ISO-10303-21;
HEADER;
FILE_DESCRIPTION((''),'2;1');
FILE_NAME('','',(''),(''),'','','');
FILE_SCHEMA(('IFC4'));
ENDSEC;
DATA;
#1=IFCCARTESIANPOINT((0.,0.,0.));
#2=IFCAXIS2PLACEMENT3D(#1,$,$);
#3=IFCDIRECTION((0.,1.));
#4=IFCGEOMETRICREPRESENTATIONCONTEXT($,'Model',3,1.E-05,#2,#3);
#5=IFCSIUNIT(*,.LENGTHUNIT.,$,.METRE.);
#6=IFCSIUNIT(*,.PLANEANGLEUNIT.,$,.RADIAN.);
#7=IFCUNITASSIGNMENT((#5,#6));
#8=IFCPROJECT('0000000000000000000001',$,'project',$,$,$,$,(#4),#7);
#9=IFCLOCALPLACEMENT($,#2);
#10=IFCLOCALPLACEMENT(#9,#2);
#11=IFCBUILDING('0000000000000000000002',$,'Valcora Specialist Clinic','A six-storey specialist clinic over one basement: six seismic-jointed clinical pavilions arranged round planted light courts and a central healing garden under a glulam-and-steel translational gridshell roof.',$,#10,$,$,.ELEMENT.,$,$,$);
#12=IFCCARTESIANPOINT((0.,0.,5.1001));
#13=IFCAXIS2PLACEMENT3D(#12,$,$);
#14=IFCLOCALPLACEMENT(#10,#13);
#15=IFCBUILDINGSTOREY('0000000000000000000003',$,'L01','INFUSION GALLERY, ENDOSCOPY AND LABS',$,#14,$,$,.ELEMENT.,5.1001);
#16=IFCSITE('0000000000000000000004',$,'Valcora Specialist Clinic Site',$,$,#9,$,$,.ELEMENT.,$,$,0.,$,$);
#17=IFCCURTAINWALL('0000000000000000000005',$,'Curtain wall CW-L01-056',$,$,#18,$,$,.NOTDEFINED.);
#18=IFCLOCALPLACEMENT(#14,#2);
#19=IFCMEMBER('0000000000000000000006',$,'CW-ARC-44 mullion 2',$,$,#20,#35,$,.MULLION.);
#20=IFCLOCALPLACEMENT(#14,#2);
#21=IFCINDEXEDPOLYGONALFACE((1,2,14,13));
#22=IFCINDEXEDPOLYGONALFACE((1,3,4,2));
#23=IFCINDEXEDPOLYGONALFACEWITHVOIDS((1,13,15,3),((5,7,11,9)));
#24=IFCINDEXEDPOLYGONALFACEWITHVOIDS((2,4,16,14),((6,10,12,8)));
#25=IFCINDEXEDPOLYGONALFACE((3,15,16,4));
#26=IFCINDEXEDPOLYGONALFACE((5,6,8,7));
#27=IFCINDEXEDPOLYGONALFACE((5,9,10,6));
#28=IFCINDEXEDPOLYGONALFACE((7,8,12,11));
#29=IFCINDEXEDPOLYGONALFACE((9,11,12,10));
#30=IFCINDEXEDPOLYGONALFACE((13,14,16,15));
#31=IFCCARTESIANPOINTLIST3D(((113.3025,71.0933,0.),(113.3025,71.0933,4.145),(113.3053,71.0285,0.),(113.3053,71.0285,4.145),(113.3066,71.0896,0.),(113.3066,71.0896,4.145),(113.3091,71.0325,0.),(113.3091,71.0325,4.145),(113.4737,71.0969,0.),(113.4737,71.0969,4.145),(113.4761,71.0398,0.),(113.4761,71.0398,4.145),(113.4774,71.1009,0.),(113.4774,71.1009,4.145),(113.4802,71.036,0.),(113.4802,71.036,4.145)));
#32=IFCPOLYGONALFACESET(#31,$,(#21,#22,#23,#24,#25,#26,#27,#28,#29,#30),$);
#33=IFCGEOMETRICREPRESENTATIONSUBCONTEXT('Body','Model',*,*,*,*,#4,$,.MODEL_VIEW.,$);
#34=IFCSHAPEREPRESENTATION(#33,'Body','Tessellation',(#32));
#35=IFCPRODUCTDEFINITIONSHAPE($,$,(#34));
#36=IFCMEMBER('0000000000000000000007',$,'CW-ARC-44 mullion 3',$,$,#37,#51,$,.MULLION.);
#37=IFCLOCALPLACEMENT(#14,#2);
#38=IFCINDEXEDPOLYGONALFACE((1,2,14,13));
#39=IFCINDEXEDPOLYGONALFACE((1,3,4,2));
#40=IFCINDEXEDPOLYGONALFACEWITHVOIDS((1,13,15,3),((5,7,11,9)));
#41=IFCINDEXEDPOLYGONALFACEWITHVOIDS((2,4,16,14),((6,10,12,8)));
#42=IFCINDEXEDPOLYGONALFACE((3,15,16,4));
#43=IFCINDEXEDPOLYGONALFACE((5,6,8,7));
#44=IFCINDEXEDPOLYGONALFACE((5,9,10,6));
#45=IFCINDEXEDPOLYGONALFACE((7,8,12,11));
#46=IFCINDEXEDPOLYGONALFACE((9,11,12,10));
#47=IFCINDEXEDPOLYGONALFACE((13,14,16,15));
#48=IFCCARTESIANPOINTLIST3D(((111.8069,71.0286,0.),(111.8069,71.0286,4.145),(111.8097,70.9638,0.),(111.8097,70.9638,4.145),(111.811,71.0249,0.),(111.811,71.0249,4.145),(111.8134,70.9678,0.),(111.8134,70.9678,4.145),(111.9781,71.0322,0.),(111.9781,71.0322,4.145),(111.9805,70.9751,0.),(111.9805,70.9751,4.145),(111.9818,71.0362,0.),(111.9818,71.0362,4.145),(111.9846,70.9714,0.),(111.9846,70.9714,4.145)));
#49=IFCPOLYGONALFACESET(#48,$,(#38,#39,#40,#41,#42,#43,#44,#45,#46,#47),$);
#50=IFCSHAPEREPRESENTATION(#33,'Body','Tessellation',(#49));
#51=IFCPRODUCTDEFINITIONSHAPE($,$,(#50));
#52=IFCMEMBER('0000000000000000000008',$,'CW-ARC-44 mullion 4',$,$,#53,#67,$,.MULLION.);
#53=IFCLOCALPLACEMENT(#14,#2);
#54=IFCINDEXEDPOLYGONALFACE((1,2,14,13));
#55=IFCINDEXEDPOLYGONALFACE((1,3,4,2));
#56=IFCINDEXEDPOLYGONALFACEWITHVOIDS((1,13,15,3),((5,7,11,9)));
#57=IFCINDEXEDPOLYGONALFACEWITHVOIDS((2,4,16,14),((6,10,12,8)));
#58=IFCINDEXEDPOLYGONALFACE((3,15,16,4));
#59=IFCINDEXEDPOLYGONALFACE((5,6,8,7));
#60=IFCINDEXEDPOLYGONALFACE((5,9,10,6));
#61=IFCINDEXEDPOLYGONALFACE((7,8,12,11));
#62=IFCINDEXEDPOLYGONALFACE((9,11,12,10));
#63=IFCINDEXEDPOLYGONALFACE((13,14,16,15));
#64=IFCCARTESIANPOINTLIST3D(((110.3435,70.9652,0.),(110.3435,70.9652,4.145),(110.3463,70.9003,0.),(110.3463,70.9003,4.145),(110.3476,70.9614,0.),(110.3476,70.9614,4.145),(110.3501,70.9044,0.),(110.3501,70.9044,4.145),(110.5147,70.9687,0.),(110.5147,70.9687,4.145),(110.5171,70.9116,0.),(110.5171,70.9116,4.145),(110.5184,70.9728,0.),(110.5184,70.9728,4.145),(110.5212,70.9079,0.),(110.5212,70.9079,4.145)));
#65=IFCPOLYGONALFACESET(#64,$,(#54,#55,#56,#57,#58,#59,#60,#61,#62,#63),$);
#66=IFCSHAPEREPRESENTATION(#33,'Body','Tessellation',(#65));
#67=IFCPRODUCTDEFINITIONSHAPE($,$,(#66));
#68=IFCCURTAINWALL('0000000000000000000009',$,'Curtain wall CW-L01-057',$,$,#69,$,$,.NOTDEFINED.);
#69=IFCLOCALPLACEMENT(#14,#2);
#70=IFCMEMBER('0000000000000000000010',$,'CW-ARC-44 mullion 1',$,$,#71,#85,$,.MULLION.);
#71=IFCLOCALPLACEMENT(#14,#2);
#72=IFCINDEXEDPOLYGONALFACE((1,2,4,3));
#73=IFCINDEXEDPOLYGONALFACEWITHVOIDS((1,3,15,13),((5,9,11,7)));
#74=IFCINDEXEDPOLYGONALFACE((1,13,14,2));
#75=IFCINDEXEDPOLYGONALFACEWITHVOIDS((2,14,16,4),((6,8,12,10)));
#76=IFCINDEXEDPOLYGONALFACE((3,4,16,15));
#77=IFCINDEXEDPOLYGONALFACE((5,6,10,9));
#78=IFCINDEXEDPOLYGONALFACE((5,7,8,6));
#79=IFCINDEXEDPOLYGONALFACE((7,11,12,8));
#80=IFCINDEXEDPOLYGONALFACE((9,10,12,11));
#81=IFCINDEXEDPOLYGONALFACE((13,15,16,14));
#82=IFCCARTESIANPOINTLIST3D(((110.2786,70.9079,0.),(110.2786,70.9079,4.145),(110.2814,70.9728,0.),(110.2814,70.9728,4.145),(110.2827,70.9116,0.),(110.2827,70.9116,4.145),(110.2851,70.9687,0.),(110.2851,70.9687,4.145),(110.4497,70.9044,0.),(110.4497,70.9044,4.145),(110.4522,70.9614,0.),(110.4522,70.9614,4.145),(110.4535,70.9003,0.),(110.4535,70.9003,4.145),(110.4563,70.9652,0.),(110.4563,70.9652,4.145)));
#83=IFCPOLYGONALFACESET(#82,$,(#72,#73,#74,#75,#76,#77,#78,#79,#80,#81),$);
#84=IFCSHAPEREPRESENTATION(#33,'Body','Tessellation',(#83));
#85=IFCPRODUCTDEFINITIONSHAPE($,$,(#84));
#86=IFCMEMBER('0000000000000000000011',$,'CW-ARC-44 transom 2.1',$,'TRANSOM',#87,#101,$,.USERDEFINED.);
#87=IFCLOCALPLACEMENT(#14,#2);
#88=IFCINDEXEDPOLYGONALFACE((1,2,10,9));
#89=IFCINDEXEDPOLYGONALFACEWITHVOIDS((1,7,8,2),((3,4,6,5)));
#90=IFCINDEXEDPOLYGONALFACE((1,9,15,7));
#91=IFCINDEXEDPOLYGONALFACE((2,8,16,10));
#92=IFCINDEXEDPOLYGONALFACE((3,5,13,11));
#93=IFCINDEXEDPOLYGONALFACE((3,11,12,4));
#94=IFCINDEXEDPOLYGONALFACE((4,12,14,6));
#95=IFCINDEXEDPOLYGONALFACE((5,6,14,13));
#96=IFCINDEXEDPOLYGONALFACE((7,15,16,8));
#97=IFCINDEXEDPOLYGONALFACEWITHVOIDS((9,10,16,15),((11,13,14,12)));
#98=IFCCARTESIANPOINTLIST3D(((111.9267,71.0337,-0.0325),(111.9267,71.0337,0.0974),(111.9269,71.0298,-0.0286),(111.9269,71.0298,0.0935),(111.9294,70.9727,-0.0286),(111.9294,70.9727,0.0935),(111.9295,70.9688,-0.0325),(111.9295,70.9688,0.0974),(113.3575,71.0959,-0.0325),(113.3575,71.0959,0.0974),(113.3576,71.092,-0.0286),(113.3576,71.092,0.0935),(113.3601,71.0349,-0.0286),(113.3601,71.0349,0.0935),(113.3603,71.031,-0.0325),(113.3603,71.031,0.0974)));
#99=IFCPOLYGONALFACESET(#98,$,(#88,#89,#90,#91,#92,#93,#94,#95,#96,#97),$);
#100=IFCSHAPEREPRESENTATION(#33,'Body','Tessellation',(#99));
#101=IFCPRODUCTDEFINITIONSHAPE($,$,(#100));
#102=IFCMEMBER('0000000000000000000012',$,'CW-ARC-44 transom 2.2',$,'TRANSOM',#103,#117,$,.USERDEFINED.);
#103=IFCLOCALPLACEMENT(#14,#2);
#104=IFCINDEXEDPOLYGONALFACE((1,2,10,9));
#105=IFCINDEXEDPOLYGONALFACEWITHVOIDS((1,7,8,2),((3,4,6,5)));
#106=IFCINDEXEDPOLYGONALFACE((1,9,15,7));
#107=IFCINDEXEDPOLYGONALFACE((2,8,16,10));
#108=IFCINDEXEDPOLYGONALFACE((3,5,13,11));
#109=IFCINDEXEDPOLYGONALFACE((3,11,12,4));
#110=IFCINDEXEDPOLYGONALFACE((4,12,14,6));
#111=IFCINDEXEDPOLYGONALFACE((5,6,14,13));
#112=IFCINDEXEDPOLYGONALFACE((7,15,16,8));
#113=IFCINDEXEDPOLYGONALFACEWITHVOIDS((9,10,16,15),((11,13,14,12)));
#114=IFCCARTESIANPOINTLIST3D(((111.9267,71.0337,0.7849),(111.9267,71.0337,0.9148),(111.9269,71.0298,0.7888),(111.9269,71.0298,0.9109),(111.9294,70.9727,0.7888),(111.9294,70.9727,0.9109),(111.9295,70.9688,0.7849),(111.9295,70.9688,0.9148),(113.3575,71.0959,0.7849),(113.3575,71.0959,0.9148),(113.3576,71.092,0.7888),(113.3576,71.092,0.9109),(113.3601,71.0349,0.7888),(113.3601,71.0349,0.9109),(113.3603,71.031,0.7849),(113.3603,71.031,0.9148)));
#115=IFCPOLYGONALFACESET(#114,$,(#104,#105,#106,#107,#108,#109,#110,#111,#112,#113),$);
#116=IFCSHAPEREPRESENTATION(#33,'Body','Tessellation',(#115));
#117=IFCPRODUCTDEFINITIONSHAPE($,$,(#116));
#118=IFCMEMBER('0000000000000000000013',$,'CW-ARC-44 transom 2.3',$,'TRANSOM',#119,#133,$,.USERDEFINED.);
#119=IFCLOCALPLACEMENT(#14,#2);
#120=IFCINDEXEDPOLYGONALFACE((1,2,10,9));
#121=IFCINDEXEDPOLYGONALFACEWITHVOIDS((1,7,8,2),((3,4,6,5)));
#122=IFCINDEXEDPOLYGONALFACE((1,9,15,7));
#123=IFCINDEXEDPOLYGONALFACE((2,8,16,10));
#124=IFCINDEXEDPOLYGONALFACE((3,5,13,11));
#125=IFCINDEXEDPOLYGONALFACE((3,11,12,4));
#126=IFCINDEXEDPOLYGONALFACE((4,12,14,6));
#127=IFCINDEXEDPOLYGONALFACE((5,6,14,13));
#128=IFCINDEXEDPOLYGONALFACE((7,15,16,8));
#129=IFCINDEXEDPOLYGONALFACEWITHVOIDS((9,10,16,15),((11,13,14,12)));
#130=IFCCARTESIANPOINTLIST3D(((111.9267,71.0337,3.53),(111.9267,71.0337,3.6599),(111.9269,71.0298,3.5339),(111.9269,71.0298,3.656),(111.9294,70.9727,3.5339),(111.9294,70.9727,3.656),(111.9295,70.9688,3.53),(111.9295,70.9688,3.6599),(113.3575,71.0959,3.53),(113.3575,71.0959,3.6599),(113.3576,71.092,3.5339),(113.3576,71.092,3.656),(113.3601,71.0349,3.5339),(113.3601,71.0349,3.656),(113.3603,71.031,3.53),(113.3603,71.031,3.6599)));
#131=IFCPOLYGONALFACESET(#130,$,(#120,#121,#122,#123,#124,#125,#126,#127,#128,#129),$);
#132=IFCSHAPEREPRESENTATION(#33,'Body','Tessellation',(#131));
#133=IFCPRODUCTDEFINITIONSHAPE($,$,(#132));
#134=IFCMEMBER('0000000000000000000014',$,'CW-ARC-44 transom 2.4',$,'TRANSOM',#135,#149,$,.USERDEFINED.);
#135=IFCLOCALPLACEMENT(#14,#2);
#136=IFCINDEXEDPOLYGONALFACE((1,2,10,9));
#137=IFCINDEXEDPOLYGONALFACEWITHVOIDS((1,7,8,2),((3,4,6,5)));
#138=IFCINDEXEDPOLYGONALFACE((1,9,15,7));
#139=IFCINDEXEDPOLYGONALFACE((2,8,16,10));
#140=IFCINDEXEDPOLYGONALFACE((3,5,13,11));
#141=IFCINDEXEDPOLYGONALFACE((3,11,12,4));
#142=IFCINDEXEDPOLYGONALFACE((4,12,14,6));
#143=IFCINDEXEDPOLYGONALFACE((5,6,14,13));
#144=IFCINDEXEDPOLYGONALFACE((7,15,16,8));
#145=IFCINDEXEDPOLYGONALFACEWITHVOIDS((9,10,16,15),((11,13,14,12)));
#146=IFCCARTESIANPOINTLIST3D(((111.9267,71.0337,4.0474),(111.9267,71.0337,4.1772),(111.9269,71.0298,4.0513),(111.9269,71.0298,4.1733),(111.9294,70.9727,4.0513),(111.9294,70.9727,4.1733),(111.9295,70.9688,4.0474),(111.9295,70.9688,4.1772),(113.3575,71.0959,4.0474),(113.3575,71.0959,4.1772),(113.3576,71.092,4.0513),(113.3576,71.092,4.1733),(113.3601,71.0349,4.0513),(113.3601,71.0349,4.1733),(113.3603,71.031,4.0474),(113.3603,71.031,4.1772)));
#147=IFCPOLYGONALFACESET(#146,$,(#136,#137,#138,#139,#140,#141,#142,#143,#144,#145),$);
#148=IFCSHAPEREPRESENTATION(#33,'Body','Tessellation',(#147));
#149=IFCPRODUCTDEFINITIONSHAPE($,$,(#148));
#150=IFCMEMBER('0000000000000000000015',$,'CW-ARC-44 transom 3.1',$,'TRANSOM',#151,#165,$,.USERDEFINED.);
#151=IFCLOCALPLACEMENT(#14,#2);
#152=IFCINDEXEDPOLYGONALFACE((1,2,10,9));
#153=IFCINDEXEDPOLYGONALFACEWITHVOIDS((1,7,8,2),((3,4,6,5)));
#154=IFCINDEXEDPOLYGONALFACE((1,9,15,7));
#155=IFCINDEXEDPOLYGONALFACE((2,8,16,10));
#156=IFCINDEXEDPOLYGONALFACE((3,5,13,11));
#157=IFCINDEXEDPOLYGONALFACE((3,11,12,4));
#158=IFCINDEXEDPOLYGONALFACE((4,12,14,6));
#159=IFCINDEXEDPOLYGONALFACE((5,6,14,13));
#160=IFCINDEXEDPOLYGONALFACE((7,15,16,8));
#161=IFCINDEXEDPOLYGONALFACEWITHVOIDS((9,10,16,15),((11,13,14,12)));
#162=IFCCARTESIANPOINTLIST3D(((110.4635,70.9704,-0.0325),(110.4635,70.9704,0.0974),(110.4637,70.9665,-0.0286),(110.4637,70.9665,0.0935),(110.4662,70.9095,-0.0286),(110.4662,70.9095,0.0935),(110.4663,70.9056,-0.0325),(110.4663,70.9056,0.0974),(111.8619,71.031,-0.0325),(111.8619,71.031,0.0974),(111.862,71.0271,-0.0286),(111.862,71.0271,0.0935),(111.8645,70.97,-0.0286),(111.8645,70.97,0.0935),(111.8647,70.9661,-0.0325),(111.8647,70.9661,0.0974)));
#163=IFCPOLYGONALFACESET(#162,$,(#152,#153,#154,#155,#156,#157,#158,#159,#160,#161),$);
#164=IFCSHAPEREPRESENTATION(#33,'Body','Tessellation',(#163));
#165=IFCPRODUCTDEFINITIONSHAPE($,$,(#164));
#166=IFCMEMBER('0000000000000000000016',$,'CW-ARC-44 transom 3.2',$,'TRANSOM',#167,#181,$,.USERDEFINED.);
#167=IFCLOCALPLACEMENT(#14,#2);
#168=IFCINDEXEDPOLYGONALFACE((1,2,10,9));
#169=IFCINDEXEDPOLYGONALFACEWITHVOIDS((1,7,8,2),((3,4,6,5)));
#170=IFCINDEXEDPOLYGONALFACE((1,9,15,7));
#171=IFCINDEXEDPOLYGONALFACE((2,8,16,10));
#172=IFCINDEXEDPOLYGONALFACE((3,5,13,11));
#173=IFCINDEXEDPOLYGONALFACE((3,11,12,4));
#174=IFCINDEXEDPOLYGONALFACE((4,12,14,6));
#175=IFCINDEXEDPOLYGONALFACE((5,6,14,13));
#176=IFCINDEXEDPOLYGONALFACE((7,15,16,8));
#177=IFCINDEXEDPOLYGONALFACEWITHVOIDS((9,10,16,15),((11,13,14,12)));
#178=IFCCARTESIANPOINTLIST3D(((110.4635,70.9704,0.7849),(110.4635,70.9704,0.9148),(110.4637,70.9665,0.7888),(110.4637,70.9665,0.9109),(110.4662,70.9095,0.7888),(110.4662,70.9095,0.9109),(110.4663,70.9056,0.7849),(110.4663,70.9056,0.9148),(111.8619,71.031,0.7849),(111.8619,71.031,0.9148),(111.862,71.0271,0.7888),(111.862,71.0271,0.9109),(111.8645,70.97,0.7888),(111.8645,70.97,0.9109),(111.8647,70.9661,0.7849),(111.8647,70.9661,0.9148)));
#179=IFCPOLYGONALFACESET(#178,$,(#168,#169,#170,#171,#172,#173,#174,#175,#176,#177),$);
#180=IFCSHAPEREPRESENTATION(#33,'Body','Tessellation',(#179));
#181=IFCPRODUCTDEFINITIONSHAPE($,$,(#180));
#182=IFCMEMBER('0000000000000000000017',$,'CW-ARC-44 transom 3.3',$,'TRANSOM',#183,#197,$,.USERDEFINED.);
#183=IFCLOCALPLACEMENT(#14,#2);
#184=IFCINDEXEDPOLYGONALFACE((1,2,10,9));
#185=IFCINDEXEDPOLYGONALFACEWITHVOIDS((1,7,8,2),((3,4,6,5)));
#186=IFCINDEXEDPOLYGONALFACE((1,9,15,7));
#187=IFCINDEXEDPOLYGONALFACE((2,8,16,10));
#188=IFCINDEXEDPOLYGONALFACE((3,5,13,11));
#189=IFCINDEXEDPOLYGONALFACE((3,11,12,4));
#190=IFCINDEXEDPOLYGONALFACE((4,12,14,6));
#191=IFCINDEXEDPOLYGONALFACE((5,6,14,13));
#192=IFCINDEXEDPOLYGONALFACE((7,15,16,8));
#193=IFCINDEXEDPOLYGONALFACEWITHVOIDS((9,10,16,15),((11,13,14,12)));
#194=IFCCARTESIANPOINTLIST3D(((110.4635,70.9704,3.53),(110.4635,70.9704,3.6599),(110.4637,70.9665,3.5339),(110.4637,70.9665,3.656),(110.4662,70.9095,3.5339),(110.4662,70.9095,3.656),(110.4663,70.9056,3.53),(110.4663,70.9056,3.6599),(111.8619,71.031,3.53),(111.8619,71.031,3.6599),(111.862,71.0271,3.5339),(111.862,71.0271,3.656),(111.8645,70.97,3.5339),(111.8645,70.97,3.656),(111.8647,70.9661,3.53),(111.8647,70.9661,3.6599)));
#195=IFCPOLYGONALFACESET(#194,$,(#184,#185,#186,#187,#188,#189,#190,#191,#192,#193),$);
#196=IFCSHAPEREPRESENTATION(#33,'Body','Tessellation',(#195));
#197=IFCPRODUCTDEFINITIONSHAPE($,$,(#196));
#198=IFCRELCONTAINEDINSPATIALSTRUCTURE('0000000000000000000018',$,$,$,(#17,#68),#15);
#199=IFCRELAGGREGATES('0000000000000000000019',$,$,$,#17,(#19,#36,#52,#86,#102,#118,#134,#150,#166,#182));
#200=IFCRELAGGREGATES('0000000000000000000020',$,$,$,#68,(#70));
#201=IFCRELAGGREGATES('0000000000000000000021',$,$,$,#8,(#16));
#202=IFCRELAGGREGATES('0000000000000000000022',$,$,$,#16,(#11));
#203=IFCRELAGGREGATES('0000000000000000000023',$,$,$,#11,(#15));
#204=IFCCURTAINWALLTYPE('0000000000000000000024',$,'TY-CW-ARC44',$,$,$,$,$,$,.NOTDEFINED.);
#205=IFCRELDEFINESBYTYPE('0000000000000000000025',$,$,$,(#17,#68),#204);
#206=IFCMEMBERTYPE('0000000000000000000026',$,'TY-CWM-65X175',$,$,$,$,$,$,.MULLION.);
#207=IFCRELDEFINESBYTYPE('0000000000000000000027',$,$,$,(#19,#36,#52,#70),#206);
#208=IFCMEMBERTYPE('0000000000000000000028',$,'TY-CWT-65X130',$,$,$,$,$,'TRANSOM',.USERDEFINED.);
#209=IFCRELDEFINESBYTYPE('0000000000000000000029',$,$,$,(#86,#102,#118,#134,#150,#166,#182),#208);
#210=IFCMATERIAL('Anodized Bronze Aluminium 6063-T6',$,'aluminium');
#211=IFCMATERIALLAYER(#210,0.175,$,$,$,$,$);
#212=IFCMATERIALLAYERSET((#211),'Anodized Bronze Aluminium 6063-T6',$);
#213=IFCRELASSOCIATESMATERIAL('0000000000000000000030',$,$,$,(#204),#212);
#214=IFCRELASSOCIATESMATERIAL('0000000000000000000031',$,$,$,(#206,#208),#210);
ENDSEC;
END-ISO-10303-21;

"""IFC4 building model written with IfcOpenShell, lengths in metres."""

from ifc_helpers import new_model, si_unit, direction, frame, origin, origin_2d, place, context, subcontext, project, spatial, hollow_rectangle, extrude, material, layer, layer_set, material_profile, profile_set, type_object, element, aggregate, save


model = new_model("IFC4")

# Units and contexts
model_context = context("Model", 3, precision=1e-05, world=origin(), true_north=direction((0.0, 1.0)))
body_context = subcontext(model_context, "Body", "Model", "MODEL_VIEW")
ifc_project = project(units=[si_unit("LENGTHUNIT", "METRE"), si_unit("PLANEANGLEUNIT", "RADIAN")], contexts=[model_context])

# Site, building, storey
site_placement = place(None, origin())
site = spatial("IfcSite", under=ifc_project, at=site_placement, Name="Valcora Specialist Clinic Site", CompositionType="ELEMENT", RefElevation=0.0)
building_placement = place(site_placement, origin())
building = spatial("IfcBuilding", under=site, at=building_placement, Name="Valcora Specialist Clinic", Description="A six-storey specialist clinic over one basement: six seismic-jointed clinical pavilions arranged round planted light courts and a central healing garden under a glulam-and-steel translational gridshell roof.", CompositionType="ELEMENT")
storey_placement = place(building_placement, frame((0.0, 0.0, 5.1001)))
storey = spatial("IfcBuildingStorey", under=building, at=storey_placement, Name="L01", Description="INFUSION GALLERY, ENDOSCOPY AND LABS", CompositionType="ELEMENT", Elevation=5.1001)

# Curtain wall, members
ifc_material_1 = material(Name="Anodized Bronze Aluminium 6063-T6", Category="aluminium")
ifc_layer_1 = layer(ifc_material_1, 0.175)
ifc_layer_set_1 = layer_set([ifc_layer_1], Name="Anodized Bronze Aluminium 6063-T6")
curtain_wall_type = type_object("IfcCurtainWallType", Name="TY-CW-ARC44", PredefinedType="NOTDEFINED", material=ifc_layer_set_1)
curtain_wall_1_placement = place(storey_placement, origin())
curtain_wall_1 = element("IfcCurtainWall", 1, at=curtain_wall_1_placement, inside=storey, type_object=curtain_wall_type, Name="Curtain wall CW-L01-056", PredefinedType="NOTDEFINED")
ifc_material_profile_1 = material_profile(ifc_material_1, hollow_rectangle(XDim=0.0649, YDim=0.175, WallThickness=0.0039, at=origin_2d()), Name="AL-MUL-65X175")
ifc_profile_set_1 = profile_set([ifc_material_profile_1], Name="Anodized Bronze Aluminium 6063-T6")
member_type_1 = type_object("IfcMemberType", Name="TY-CWM-65X175", PredefinedType="MULLION", material=ifc_profile_set_1)
member_1_placement = place(storey_placement, frame((113.3914, 71.0647, 0.0), z_axis=(0.0, 0.0, 1.0), x_axis=(0.043307, -0.999062, 0.0)))
member_1 = element("IfcMember", 2, at=member_1_placement, type_object=member_type_1, Name="CW-ARC-44 mullion 2", PredefinedType="MULLION", context=body_context, shape_type="SweptSolid", body=[
    extrude(hollow_rectangle(XDim=0.0649, YDim=0.175, WallThickness=0.0039, at=origin_2d()), origin(), (0.0, 0.0, 1.0), 4.145),
])
member_2_placement = place(storey_placement, frame((111.8958, 71.0, 0.0), z_axis=(0.0, 0.0, 1.0), x_axis=(0.043307, -0.999062, 0.0)))
member_2 = element("IfcMember", 3, at=member_2_placement, type_object=member_type_1, Name="CW-ARC-44 mullion 3", PredefinedType="MULLION", context=body_context, shape_type="SweptSolid", body=[
    extrude(hollow_rectangle(XDim=0.0649, YDim=0.175, WallThickness=0.0039, at=origin_2d()), origin(), (0.0, 0.0, 1.0), 4.145),
])
member_3_placement = place(storey_placement, frame((110.4324, 70.9365, 0.0), z_axis=(0.0, 0.0, 1.0), x_axis=(0.043307, -0.999062, 0.0)))
member_3 = element("IfcMember", 4, at=member_3_placement, type_object=member_type_1, Name="CW-ARC-44 mullion 4", PredefinedType="MULLION", context=body_context, shape_type="SweptSolid", body=[
    extrude(hollow_rectangle(XDim=0.0649, YDim=0.175, WallThickness=0.0039, at=origin_2d()), origin(), (0.0, 0.0, 1.0), 4.145),
])

# Curtain wall, member
curtain_wall_2_placement = place(storey_placement, origin())
curtain_wall_2 = element("IfcCurtainWall", 5, at=curtain_wall_2_placement, inside=storey, type_object=curtain_wall_type, Name="Curtain wall CW-L01-057", PredefinedType="NOTDEFINED")
member_4_placement = place(storey_placement, frame((110.3674, 70.9365, 0.0), z_axis=(0.0, 0.0, 1.0), x_axis=(-0.043307, -0.999062, 0.0)))
member_4 = element("IfcMember", 6, at=member_4_placement, type_object=member_type_1, Name="CW-ARC-44 mullion 1", PredefinedType="MULLION", context=body_context, shape_type="SweptSolid", body=[
    extrude(hollow_rectangle(XDim=0.0649, YDim=0.175, WallThickness=0.0039, at=origin_2d()), origin(), (0.0, 0.0, 1.0), 4.145),
])

# Members
ifc_material_profile_2 = material_profile(ifc_material_1, hollow_rectangle(XDim=0.0649, YDim=0.1299, WallThickness=0.0039, at=origin_2d()), Name="AL-TRN-65X130")
ifc_profile_set_2 = profile_set([ifc_material_profile_2], Name="Anodized Bronze Aluminium 6063-T6")
member_type_2 = type_object("IfcMemberType", Name="TY-CWT-65X130", ElementType="TRANSOM", PredefinedType="USERDEFINED", material=ifc_profile_set_2)
member_5_placement = place(storey_placement, frame((113.3589, 71.0635, 0.0325), z_axis=(-0.999055, -0.043474, 0.0), x_axis=(0.043474, -0.999055, 0.0)))
member_5 = element("IfcMember", 7, at=member_5_placement, type_object=member_type_2, Name="CW-ARC-44 transom 2.1", ObjectType="TRANSOM", PredefinedType="USERDEFINED", context=body_context, shape_type="SweptSolid", body=[
    extrude(hollow_rectangle(XDim=0.0649, YDim=0.1299, WallThickness=0.0039, at=origin_2d()), origin(), (0.0, 0.0, 1.0), 1.4321),
])
member_6_placement = place(storey_placement, frame((113.3589, 71.0635, 0.8499), z_axis=(-0.999055, -0.043474, 0.0), x_axis=(0.043474, -0.999055, 0.0)))
member_6 = element("IfcMember", 8, at=member_6_placement, type_object=member_type_2, Name="CW-ARC-44 transom 2.2", ObjectType="TRANSOM", PredefinedType="USERDEFINED", context=body_context, shape_type="SweptSolid", body=[
    extrude(hollow_rectangle(XDim=0.0649, YDim=0.1299, WallThickness=0.0039, at=origin_2d()), origin(), (0.0, 0.0, 1.0), 1.4321),
])
member_7_placement = place(storey_placement, frame((113.3589, 71.0635, 3.595), z_axis=(-0.999055, -0.043474, 0.0), x_axis=(0.043474, -0.999055, 0.0)))
member_7 = element("IfcMember", 9, at=member_7_placement, type_object=member_type_2, Name="CW-ARC-44 transom 2.3", ObjectType="TRANSOM", PredefinedType="USERDEFINED", context=body_context, shape_type="SweptSolid", body=[
    extrude(hollow_rectangle(XDim=0.0649, YDim=0.1299, WallThickness=0.0039, at=origin_2d()), origin(), (0.0, 0.0, 1.0), 1.4321),
])
member_8_placement = place(storey_placement, frame((113.3589, 71.0635, 4.1123), z_axis=(-0.999055, -0.043474, 0.0), x_axis=(0.043474, -0.999055, 0.0)))
member_8 = element("IfcMember", 10, at=member_8_placement, type_object=member_type_2, Name="CW-ARC-44 transom 2.4", ObjectType="TRANSOM", PredefinedType="USERDEFINED", context=body_context, shape_type="SweptSolid", body=[
    extrude(hollow_rectangle(XDim=0.0649, YDim=0.1299, WallThickness=0.0039, at=origin_2d()), origin(), (0.0, 0.0, 1.0), 1.4321),
])
member_9_placement = place(storey_placement, frame((111.8633, 70.9985, 0.0325), z_axis=(-0.999064, -0.043256, 0.0), x_axis=(0.043256, -0.999064, 0.0)))
member_9 = element("IfcMember", 11, at=member_9_placement, type_object=member_type_2, Name="CW-ARC-44 transom 3.1", ObjectType="TRANSOM", PredefinedType="USERDEFINED", context=body_context, shape_type="SweptSolid", body=[
    extrude(hollow_rectangle(XDim=0.0649, YDim=0.1299, WallThickness=0.0039, at=origin_2d()), origin(), (0.0, 0.0, 1.0), 1.3997),
])
member_10_placement = place(storey_placement, frame((111.8633, 70.9985, 0.8499), z_axis=(-0.999064, -0.043256, 0.0), x_axis=(0.043256, -0.999064, 0.0)))
member_10 = element("IfcMember", 12, at=member_10_placement, type_object=member_type_2, Name="CW-ARC-44 transom 3.2", ObjectType="TRANSOM", PredefinedType="USERDEFINED", context=body_context, shape_type="SweptSolid", body=[
    extrude(hollow_rectangle(XDim=0.0649, YDim=0.1299, WallThickness=0.0039, at=origin_2d()), origin(), (0.0, 0.0, 1.0), 1.3997),
])
member_11_placement = place(storey_placement, frame((111.8633, 70.9985, 3.595), z_axis=(-0.999064, -0.043256, 0.0), x_axis=(0.043256, -0.999064, 0.0)))
member_11 = element("IfcMember", 13, at=member_11_placement, type_object=member_type_2, Name="CW-ARC-44 transom 3.3", ObjectType="TRANSOM", PredefinedType="USERDEFINED", context=body_context, shape_type="SweptSolid", body=[
    extrude(hollow_rectangle(XDim=0.0649, YDim=0.1299, WallThickness=0.0039, at=origin_2d()), origin(), (0.0, 0.0, 1.0), 1.3997),
])

aggregate(curtain_wall_1, [member_1, member_2, member_3, member_5, member_6, member_7, member_8, member_9, member_10, member_11])
aggregate(curtain_wall_2, [member_4])

save(model, "model.ifc")
